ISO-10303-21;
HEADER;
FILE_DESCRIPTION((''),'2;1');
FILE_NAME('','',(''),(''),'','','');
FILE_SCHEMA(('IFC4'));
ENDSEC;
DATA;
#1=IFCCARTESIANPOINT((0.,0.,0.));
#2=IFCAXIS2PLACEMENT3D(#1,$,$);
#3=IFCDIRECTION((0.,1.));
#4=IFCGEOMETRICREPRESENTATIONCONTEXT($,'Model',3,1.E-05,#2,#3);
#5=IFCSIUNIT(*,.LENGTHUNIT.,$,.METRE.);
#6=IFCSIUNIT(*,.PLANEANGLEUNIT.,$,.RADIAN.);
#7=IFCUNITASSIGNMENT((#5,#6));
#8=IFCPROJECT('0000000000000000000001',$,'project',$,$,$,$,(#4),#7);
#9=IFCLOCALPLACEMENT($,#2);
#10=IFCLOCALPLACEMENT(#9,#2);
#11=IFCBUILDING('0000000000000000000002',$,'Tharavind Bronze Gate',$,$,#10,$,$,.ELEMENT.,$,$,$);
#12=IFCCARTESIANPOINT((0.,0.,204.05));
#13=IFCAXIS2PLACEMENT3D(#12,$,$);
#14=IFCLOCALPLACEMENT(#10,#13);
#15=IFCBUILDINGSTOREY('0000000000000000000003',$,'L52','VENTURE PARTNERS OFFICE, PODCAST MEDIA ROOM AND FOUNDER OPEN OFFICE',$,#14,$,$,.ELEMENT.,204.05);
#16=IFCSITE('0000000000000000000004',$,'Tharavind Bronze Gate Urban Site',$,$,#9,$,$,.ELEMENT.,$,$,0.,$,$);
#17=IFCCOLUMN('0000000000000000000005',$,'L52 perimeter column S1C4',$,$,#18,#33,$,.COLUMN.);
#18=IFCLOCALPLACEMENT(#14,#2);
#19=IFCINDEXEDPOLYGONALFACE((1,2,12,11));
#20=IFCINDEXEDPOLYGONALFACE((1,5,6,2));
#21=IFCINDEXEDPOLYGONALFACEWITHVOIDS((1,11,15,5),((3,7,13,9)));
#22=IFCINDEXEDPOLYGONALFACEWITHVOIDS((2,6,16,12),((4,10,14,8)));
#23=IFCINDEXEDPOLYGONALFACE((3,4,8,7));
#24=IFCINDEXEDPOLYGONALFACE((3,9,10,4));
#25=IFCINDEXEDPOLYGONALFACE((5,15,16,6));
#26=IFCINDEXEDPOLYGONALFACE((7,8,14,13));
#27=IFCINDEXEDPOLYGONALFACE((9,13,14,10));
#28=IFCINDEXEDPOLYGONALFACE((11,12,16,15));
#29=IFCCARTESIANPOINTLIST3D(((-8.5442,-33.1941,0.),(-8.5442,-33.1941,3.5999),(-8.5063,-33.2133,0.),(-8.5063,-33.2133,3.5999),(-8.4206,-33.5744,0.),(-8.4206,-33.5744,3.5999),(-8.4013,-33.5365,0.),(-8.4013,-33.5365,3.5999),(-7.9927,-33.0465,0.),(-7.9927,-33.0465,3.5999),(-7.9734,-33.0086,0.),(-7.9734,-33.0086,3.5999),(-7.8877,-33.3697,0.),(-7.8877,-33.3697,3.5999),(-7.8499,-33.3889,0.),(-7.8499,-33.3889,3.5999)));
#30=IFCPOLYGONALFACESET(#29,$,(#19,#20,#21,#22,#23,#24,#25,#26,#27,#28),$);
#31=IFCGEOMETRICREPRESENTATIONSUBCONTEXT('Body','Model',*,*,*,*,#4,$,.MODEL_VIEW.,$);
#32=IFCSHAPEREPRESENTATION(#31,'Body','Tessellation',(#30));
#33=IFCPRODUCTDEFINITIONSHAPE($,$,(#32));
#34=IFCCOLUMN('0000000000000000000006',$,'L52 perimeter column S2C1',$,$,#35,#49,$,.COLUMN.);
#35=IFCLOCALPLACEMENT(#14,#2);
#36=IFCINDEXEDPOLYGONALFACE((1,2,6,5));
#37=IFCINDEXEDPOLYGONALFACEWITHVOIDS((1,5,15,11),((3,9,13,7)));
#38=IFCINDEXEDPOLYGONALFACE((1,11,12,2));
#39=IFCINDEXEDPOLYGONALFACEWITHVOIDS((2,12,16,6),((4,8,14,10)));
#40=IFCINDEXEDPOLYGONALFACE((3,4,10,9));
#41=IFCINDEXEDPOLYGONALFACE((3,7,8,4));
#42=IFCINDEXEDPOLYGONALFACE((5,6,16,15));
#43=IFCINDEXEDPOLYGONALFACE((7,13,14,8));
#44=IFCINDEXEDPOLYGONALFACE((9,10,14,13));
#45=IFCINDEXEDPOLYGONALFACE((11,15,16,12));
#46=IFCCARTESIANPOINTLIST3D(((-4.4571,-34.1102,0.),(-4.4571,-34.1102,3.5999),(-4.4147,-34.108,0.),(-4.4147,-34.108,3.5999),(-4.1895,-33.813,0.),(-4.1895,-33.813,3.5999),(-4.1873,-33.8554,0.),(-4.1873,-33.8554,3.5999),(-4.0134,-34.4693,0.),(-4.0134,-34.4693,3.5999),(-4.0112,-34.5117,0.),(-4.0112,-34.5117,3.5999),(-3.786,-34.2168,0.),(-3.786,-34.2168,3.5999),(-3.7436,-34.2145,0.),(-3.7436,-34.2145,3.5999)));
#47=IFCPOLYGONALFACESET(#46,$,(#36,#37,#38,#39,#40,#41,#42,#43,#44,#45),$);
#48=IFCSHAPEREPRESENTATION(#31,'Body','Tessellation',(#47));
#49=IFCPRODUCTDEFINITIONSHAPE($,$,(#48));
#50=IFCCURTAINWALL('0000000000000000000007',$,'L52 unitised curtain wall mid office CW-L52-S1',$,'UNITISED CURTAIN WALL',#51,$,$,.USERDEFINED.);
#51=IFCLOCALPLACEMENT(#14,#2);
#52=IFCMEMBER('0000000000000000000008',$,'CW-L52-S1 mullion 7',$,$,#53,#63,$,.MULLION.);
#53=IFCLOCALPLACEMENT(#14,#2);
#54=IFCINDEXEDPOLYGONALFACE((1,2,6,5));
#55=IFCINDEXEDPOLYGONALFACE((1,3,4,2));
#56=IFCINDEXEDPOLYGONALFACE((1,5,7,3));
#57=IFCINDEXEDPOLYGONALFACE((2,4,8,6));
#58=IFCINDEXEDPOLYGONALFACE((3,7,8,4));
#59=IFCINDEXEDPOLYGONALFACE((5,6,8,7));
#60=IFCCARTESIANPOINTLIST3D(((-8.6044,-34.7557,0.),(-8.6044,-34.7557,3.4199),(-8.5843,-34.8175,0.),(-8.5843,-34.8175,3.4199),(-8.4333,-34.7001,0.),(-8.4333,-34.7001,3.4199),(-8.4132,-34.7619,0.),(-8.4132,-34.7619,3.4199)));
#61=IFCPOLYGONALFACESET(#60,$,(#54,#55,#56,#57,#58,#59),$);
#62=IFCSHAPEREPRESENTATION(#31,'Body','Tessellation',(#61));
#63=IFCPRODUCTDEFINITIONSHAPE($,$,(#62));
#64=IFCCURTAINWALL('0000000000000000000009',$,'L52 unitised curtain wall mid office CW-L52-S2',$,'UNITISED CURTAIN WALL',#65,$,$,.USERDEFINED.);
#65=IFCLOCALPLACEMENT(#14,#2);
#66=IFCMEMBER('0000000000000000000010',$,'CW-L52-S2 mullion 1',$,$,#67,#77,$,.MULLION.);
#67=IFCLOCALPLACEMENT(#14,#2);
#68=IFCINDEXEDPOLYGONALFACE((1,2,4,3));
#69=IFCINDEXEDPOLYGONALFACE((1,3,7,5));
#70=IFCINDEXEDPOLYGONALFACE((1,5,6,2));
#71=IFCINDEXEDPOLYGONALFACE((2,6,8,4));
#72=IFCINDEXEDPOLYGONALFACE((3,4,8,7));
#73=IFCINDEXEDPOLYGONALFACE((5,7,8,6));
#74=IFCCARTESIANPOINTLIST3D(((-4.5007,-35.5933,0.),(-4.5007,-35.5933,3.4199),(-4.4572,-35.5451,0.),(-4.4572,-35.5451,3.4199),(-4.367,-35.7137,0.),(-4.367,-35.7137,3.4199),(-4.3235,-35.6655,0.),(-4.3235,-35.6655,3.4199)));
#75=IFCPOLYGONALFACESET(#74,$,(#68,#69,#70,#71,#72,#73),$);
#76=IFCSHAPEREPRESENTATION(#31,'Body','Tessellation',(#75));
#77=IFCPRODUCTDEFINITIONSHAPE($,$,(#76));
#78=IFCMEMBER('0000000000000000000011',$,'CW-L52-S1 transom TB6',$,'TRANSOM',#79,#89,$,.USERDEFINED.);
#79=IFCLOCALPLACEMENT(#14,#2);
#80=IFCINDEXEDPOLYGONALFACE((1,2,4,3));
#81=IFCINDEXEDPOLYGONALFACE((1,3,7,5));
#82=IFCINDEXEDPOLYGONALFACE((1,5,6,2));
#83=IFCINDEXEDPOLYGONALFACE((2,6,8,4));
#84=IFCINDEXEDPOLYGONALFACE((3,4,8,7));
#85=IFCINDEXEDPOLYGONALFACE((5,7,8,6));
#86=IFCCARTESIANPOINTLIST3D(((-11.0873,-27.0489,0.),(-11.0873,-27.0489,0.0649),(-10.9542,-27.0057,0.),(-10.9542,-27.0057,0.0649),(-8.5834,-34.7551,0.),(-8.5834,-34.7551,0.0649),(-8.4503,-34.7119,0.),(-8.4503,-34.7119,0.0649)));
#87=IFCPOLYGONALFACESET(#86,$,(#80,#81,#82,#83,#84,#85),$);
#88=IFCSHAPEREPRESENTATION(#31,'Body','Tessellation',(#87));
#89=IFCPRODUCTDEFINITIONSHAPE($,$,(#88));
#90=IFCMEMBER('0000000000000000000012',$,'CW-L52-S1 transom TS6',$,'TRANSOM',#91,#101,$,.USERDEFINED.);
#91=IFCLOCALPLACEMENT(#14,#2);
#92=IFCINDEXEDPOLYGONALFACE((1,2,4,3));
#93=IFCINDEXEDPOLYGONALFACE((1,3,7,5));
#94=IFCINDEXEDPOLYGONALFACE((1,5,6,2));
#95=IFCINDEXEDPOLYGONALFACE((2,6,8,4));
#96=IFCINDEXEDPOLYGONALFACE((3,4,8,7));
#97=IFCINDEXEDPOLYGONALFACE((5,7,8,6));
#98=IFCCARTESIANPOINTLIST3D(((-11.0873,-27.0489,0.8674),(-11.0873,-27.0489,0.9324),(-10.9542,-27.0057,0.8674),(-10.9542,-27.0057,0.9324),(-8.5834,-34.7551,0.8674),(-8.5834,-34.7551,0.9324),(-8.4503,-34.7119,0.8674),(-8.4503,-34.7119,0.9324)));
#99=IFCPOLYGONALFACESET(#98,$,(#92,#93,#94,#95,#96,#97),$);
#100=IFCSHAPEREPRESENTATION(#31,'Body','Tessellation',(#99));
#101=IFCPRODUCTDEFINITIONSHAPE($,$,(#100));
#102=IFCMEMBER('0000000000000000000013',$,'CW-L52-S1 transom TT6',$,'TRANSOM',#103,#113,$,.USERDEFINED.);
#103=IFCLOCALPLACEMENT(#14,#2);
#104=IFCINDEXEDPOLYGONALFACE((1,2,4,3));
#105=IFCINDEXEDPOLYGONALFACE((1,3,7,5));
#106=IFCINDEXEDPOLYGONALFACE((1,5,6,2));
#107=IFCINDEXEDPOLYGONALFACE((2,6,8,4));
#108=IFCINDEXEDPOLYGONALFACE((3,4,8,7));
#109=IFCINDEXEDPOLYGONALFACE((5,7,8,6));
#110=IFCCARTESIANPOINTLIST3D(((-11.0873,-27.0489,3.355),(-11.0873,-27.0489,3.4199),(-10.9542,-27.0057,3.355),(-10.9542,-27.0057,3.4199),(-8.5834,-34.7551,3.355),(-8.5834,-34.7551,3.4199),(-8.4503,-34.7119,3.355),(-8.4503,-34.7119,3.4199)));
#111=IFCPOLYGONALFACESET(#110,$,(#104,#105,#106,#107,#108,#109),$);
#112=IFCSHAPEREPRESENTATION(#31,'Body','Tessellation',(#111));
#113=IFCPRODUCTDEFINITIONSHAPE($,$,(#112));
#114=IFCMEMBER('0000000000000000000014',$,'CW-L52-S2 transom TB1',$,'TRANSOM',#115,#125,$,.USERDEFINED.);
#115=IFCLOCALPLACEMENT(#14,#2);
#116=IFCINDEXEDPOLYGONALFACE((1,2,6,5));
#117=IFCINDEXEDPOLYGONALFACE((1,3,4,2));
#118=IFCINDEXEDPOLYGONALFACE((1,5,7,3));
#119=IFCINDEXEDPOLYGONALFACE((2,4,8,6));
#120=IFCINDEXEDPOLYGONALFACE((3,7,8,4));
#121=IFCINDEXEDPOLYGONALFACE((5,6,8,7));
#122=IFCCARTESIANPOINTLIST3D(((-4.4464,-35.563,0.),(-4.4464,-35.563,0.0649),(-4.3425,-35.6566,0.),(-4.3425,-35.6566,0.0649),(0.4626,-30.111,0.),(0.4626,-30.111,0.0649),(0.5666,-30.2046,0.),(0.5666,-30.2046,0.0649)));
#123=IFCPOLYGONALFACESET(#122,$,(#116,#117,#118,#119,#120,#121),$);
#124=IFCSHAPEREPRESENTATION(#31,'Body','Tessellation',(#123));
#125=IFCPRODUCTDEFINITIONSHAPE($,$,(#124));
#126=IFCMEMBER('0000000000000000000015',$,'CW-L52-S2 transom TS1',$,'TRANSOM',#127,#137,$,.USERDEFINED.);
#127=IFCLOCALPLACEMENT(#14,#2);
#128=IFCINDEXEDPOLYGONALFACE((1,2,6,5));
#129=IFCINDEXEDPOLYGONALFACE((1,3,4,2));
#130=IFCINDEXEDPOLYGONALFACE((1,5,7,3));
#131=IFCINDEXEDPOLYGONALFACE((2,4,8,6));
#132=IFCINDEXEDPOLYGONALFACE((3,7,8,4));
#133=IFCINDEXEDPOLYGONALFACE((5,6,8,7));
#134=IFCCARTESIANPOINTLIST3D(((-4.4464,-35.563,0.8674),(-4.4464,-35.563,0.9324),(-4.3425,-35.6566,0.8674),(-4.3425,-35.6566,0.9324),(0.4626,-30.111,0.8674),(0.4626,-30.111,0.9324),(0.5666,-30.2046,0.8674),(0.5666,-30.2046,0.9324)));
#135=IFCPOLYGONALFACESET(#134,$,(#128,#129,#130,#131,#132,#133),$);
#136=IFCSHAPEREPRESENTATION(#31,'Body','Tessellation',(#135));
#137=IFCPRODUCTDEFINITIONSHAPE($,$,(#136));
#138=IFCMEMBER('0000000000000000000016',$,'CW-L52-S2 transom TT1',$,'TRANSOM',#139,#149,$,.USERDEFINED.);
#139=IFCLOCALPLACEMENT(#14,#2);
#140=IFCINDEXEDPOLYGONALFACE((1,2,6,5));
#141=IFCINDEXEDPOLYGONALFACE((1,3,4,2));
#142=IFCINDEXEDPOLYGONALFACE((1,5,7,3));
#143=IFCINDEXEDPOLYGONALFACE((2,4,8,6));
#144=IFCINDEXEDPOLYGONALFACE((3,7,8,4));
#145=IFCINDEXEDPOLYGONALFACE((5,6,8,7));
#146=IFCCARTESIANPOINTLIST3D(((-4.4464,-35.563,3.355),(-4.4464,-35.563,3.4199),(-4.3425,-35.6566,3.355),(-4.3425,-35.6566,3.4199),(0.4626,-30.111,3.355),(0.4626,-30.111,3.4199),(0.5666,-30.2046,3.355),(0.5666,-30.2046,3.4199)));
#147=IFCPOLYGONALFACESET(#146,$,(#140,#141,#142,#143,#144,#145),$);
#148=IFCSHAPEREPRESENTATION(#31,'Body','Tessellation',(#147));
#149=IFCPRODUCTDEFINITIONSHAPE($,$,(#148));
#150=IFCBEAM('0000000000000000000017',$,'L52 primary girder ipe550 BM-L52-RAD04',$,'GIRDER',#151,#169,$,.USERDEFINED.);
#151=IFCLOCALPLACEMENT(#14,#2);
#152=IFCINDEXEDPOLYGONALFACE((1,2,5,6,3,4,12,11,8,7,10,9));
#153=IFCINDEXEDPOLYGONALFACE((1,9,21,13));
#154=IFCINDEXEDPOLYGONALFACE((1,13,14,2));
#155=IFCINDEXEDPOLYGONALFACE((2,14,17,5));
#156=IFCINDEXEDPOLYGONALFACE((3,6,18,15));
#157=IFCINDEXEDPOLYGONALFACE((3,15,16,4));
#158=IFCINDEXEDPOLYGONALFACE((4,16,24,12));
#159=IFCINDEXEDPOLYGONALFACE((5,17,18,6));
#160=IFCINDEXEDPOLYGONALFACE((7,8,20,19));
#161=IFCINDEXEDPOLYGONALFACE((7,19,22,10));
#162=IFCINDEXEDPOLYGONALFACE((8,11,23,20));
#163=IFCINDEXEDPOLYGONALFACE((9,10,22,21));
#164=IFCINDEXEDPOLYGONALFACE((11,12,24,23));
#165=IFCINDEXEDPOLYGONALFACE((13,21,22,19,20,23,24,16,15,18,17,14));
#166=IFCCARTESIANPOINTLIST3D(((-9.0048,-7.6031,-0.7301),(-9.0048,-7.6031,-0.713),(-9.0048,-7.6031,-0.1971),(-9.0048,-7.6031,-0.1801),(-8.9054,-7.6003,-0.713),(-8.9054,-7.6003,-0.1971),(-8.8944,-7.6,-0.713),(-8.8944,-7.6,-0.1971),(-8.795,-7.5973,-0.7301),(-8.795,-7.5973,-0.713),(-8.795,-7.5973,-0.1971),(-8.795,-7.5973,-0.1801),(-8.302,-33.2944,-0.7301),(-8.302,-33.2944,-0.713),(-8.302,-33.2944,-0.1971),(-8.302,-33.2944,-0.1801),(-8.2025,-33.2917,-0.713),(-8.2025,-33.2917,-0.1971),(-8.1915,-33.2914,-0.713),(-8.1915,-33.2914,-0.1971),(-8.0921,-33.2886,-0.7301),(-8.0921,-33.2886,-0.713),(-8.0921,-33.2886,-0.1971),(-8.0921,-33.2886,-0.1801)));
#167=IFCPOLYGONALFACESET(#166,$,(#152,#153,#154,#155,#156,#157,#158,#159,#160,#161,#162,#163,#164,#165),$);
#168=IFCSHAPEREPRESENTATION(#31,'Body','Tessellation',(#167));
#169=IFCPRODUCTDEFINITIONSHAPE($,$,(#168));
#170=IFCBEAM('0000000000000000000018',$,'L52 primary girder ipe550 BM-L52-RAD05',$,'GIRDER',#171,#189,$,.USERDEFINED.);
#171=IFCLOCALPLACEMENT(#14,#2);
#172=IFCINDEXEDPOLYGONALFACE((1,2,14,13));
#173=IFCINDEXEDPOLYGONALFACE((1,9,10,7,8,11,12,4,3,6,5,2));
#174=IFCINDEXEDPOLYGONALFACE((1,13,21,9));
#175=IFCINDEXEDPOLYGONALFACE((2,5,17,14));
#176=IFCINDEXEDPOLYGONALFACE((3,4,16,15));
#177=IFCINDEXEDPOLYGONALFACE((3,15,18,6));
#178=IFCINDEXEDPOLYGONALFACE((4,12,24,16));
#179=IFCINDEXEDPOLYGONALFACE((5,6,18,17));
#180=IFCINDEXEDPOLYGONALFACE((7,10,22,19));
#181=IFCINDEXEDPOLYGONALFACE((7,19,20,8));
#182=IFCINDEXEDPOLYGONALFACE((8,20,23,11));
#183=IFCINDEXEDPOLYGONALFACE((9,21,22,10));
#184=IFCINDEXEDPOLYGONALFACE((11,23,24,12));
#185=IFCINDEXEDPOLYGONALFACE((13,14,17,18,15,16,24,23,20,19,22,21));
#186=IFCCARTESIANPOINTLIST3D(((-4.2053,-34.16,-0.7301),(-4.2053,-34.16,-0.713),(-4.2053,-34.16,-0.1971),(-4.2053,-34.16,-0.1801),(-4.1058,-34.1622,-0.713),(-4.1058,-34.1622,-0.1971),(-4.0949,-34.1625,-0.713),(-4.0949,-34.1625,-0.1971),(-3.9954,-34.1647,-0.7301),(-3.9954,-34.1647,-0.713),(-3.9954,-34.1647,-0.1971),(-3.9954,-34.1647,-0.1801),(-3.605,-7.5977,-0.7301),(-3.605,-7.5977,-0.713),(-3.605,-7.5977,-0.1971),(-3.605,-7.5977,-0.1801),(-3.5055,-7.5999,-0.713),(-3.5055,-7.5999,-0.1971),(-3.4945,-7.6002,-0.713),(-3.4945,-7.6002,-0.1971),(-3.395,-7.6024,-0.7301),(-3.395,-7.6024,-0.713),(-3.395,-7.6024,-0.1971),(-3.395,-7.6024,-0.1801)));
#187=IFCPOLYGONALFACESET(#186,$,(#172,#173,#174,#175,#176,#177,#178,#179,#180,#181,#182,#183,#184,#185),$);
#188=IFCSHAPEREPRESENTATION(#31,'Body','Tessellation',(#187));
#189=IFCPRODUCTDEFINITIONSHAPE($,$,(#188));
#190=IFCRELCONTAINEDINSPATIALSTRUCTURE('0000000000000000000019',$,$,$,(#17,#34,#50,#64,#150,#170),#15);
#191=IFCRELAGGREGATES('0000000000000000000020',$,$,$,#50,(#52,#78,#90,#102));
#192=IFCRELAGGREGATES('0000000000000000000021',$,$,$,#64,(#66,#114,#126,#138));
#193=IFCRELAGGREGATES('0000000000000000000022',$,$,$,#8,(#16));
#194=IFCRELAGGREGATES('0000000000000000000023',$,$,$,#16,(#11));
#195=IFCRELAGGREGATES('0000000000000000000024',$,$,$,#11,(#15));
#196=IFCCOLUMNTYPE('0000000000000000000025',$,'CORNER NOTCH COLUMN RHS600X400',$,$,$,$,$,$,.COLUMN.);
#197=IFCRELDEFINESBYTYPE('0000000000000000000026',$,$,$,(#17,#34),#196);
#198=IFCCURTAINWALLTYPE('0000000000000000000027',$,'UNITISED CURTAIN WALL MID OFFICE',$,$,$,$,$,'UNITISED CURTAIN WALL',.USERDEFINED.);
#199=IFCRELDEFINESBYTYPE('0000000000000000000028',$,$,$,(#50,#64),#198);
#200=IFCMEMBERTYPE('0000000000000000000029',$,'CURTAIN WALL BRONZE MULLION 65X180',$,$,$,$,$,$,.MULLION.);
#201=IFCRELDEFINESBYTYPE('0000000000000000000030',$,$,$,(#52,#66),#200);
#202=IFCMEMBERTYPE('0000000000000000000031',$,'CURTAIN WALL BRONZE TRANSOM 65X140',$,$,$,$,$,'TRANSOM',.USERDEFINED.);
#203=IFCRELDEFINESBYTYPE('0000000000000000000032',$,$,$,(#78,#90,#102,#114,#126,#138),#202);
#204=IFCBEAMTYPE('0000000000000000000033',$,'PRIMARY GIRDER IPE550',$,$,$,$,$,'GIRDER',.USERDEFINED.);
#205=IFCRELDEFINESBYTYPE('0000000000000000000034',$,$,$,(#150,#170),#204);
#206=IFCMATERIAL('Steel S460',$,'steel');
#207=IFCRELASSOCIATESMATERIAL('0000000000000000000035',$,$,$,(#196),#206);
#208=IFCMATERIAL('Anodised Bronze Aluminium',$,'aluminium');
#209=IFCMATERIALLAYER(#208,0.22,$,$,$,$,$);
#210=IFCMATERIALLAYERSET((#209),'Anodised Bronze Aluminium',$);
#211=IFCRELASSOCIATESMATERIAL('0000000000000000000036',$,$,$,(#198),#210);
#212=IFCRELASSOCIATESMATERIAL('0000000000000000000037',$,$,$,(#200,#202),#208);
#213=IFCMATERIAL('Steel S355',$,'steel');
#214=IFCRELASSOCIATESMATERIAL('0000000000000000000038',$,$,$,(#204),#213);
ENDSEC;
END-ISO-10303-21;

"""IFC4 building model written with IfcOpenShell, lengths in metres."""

from ifc_helpers import new_model, si_unit, direction, frame, origin, origin_2d, place, context, subcontext, project, spatial, rectangle, hollow_rectangle, i_section, extrude, material, layer, layer_set, material_profile, profile_set, type_object, element, aggregate, save


model = new_model("IFC4")

# Units and contexts
model_context = context("Model", 3, precision=1e-05, world=origin(), true_north=direction((0.0, 1.0)))
body_context = subcontext(model_context, "Body", "Model", "MODEL_VIEW")
ifc_project = project(units=[si_unit("LENGTHUNIT", "METRE"), si_unit("PLANEANGLEUNIT", "RADIAN")], contexts=[model_context])

# Site, building, storey
site_placement = place(None, origin())
site = spatial("IfcSite", under=ifc_project, at=site_placement, Name="Tharavind Bronze Gate Urban Site", CompositionType="ELEMENT", RefElevation=0.0)
building_placement = place(site_placement, origin())
building = spatial("IfcBuilding", under=site, at=building_placement, Name="Tharavind Bronze Gate", CompositionType="ELEMENT")
storey_placement = place(building_placement, frame((0.0, 0.0, 204.05)))
storey = spatial("IfcBuildingStorey", under=building, at=storey_placement, Name="L52", Description="VENTURE PARTNERS OFFICE, PODCAST MEDIA ROOM AND FOUNDER OPEN OFFICE", CompositionType="ELEMENT", Elevation=204.05)

# Columns
ifc_material_1 = material(Name="Steel S460", Category="steel")
ifc_material_profile_1 = material_profile(ifc_material_1, hollow_rectangle(XDim=0.3999, YDim=0.6001, WallThickness=0.03, at=origin_2d()), Name="RHS600X400X30")
ifc_profile_set_1 = profile_set([ifc_material_profile_1], Name="Steel S460")
column_type = type_object("IfcColumnType", Name="CORNER NOTCH COLUMN RHS600X400", PredefinedType="COLUMN", material=ifc_profile_set_1)
for number, where, z_axis, x_axis, name in (
    (1, (-8.197, -33.2915, 0.0), (0.0, 0.0, 1.0), (-0.309017, 0.951057, 0.0), "L52 perimeter column S1C4"),
    (2, (-4.1003, -34.1624, 0.0), (0.0, 0.0, 1.0), (0.669131, 0.743145, 0.0), "L52 perimeter column S2C1"),
):
    element("IfcColumn", number, at=place(storey_placement, frame(where, z_axis=z_axis, x_axis=x_axis)), inside=storey, type_object=column_type, Name=name, PredefinedType="COLUMN", context=body_context, shape_type="SweptSolid", body=[
        extrude(hollow_rectangle(XDim=0.3999, YDim=0.6001, WallThickness=0.03, at=origin_2d()), origin(), (0.0, 0.0, 1.0), 3.5999),
    ])

# Curtain walls, members
ifc_material_2 = material(Name="Anodised Bronze Aluminium", Category="aluminium")
ifc_layer_1 = layer(ifc_material_2, 0.22)
ifc_layer_set_1 = layer_set([ifc_layer_1], Name="Anodised Bronze Aluminium")
curtain_wall_type = type_object("IfcCurtainWallType", Name="UNITISED CURTAIN WALL MID OFFICE", ElementType="UNITISED CURTAIN WALL", PredefinedType="USERDEFINED", material=ifc_layer_set_1)
curtain_wall_1_placement = place(storey_placement, origin())
curtain_wall_1 = element("IfcCurtainWall", 3, at=curtain_wall_1_placement, inside=storey, type_object=curtain_wall_type, Name="L52 unitised curtain wall mid office CW-L52-S1", ObjectType="UNITISED CURTAIN WALL", PredefinedType="USERDEFINED")
member_type_1 = type_object("IfcMemberType", Name="CURTAIN WALL BRONZE MULLION 65X180", PredefinedType="MULLION", material=ifc_material_2)
member_1_placement = place(storey_placement, frame((-8.5088, -34.7588, 0.0), z_axis=(0.0, 0.0, 1.0), x_axis=(0.309017, -0.951057, 0.0)))
member_1 = element("IfcMember", 4, at=member_1_placement, type_object=member_type_1, Name="CW-L52-S1 mullion 7", PredefinedType="MULLION", context=body_context, shape_type="SweptSolid", body=[
    extrude(rectangle(XDim=0.0649, YDim=0.1799, at=origin_2d()), origin(), (0.0, 0.0, 1.0), 3.4199),
])
curtain_wall_2_placement = place(storey_placement, origin())
curtain_wall_2 = element("IfcCurtainWall", 5, at=curtain_wall_2_placement, inside=storey, type_object=curtain_wall_type, Name="L52 unitised curtain wall mid office CW-L52-S2", ObjectType="UNITISED CURTAIN WALL", PredefinedType="USERDEFINED")
member_2_placement = place(storey_placement, frame((-4.4121, -35.6294, 0.0), z_axis=(0.0, 0.0, 1.0), x_axis=(0.669131, 0.743145, 0.0)))
member_2 = element("IfcMember", 6, at=member_2_placement, type_object=member_type_1, Name="CW-L52-S2 mullion 1", PredefinedType="MULLION", context=body_context, shape_type="SweptSolid", body=[
    extrude(rectangle(XDim=0.0649, YDim=0.1799, at=origin_2d()), origin(), (0.0, 0.0, 1.0), 3.4199),
])

# Members
member_type_2 = type_object("IfcMemberType", Name="CURTAIN WALL BRONZE TRANSOM 65X140", ElementType="TRANSOM", PredefinedType="USERDEFINED", material=ifc_material_2)
member_3_placement = place(storey_placement, frame((-9.7688, -30.8804, 0.0), z_axis=(0.0, 0.0, 1.0), x_axis=(0.309017, -0.951057, 0.0)))
member_3 = element("IfcMember", 7, at=member_3_placement, type_object=member_type_2, Name="CW-L52-S1 transom TB6", ObjectType="TRANSOM", PredefinedType="USERDEFINED", context=body_context, shape_type="SweptSolid", body=[
    extrude(rectangle(XDim=8.1028, YDim=0.1399, at=origin_2d()), origin(), (0.0, 0.0, 1.0), 0.0649),
])
member_4_placement = place(storey_placement, frame((-9.7688, -30.8804, 0.8674), z_axis=(0.0, 0.0, 1.0), x_axis=(0.309017, -0.951057, 0.0)))
member_4 = element("IfcMember", 8, at=member_4_placement, type_object=member_type_2, Name="CW-L52-S1 transom TS6", ObjectType="TRANSOM", PredefinedType="USERDEFINED", context=body_context, shape_type="SweptSolid", body=[
    extrude(rectangle(XDim=8.1028, YDim=0.1399, at=origin_2d()), origin(), (0.0, 0.0, 1.0), 0.0649),
])
member_5_placement = place(storey_placement, frame((-9.7688, -30.8804, 3.355), z_axis=(0.0, 0.0, 1.0), x_axis=(0.309017, -0.951057, 0.0)))
member_5 = element("IfcMember", 9, at=member_5_placement, type_object=member_type_2, Name="CW-L52-S1 transom TT6", ObjectType="TRANSOM", PredefinedType="USERDEFINED", context=body_context, shape_type="SweptSolid", body=[
    extrude(rectangle(XDim=8.1028, YDim=0.1399, at=origin_2d()), origin(), (0.0, 0.0, 1.0), 0.0649),
])
aggregate(curtain_wall_1, [member_1, member_3, member_4, member_5])
member_6_placement = place(storey_placement, frame((-1.9399, -32.8838, 0.0), z_axis=(0.0, 0.0, 1.0), x_axis=(0.669131, 0.743145, 0.0)))
member_6 = element("IfcMember", 10, at=member_6_placement, type_object=member_type_2, Name="CW-L52-S2 transom TB1", ObjectType="TRANSOM", PredefinedType="USERDEFINED", context=body_context, shape_type="SweptSolid", body=[
    extrude(rectangle(XDim=7.3364, YDim=0.1399, at=origin_2d()), origin(), (0.0, 0.0, 1.0), 0.0649),
])
member_7_placement = place(storey_placement, frame((-1.9399, -32.8838, 0.8674), z_axis=(0.0, 0.0, 1.0), x_axis=(0.669131, 0.743145, 0.0)))
member_7 = element("IfcMember", 11, at=member_7_placement, type_object=member_type_2, Name="CW-L52-S2 transom TS1", ObjectType="TRANSOM", PredefinedType="USERDEFINED", context=body_context, shape_type="SweptSolid", body=[
    extrude(rectangle(XDim=7.3364, YDim=0.1399, at=origin_2d()), origin(), (0.0, 0.0, 1.0), 0.0649),
])
member_8_placement = place(storey_placement, frame((-1.9399, -32.8838, 3.355), z_axis=(0.0, 0.0, 1.0), x_axis=(0.669131, 0.743145, 0.0)))
member_8 = element("IfcMember", 12, at=member_8_placement, type_object=member_type_2, Name="CW-L52-S2 transom TT1", ObjectType="TRANSOM", PredefinedType="USERDEFINED", context=body_context, shape_type="SweptSolid", body=[
    extrude(rectangle(XDim=7.3364, YDim=0.1399, at=origin_2d()), origin(), (0.0, 0.0, 1.0), 0.0649),
])

# Beams
ifc_material_3 = material(Name="Steel S355", Category="steel")
ifc_material_profile_2 = material_profile(ifc_material_3, i_section(OverallWidth=0.21, OverallDepth=0.55, WebThickness=0.011, FlangeThickness=0.0171, at=origin_2d()), Name="IPE550")
ifc_profile_set_2 = profile_set([ifc_material_profile_2], Name="Steel S355")
beam_type_1 = type_object("IfcBeamType", Name="PRIMARY GIRDER IPE550", ElementType="GIRDER", PredefinedType="USERDEFINED", material=ifc_profile_set_2)
beam_1_placement = place(storey_placement, frame((-8.197, -33.2915, -0.4551), z_axis=(-0.027348, 0.999626, 0.0), x_axis=(-0.999626, -0.027348, 0.0)))
element("IfcBeam", 13, at=beam_1_placement, inside=storey, type_object=beam_type_1, Name="L52 primary girder ipe550 BM-L52-RAD04", ObjectType="GIRDER", PredefinedType="USERDEFINED", context=body_context, shape_type="SweptSolid", body=[
    extrude(i_section(OverallWidth=0.21, OverallDepth=0.55, WebThickness=0.011, FlangeThickness=0.0171, at=origin_2d()), origin(), (0.0, 0.0, 1.0), 25.7009),
])
beam_2_placement = place(storey_placement, frame((-4.1003, -34.1624, -0.4551), z_axis=(0.022596, 0.999745, 0.0), x_axis=(-0.999745, 0.022596, 0.0)))
element("IfcBeam", 14, at=beam_2_placement, inside=storey, type_object=beam_type_1, Name="L52 primary girder ipe550 BM-L52-RAD05", ObjectType="GIRDER", PredefinedType="USERDEFINED", context=body_context, shape_type="SweptSolid", body=[
    extrude(i_section(OverallWidth=0.21, OverallDepth=0.55, WebThickness=0.011, FlangeThickness=0.0171, at=origin_2d()), origin(), (0.0, 0.0, 1.0), 26.5691),
])

aggregate(curtain_wall_2, [member_2, member_6, member_7, member_8])

save(model, "model.ifc")
